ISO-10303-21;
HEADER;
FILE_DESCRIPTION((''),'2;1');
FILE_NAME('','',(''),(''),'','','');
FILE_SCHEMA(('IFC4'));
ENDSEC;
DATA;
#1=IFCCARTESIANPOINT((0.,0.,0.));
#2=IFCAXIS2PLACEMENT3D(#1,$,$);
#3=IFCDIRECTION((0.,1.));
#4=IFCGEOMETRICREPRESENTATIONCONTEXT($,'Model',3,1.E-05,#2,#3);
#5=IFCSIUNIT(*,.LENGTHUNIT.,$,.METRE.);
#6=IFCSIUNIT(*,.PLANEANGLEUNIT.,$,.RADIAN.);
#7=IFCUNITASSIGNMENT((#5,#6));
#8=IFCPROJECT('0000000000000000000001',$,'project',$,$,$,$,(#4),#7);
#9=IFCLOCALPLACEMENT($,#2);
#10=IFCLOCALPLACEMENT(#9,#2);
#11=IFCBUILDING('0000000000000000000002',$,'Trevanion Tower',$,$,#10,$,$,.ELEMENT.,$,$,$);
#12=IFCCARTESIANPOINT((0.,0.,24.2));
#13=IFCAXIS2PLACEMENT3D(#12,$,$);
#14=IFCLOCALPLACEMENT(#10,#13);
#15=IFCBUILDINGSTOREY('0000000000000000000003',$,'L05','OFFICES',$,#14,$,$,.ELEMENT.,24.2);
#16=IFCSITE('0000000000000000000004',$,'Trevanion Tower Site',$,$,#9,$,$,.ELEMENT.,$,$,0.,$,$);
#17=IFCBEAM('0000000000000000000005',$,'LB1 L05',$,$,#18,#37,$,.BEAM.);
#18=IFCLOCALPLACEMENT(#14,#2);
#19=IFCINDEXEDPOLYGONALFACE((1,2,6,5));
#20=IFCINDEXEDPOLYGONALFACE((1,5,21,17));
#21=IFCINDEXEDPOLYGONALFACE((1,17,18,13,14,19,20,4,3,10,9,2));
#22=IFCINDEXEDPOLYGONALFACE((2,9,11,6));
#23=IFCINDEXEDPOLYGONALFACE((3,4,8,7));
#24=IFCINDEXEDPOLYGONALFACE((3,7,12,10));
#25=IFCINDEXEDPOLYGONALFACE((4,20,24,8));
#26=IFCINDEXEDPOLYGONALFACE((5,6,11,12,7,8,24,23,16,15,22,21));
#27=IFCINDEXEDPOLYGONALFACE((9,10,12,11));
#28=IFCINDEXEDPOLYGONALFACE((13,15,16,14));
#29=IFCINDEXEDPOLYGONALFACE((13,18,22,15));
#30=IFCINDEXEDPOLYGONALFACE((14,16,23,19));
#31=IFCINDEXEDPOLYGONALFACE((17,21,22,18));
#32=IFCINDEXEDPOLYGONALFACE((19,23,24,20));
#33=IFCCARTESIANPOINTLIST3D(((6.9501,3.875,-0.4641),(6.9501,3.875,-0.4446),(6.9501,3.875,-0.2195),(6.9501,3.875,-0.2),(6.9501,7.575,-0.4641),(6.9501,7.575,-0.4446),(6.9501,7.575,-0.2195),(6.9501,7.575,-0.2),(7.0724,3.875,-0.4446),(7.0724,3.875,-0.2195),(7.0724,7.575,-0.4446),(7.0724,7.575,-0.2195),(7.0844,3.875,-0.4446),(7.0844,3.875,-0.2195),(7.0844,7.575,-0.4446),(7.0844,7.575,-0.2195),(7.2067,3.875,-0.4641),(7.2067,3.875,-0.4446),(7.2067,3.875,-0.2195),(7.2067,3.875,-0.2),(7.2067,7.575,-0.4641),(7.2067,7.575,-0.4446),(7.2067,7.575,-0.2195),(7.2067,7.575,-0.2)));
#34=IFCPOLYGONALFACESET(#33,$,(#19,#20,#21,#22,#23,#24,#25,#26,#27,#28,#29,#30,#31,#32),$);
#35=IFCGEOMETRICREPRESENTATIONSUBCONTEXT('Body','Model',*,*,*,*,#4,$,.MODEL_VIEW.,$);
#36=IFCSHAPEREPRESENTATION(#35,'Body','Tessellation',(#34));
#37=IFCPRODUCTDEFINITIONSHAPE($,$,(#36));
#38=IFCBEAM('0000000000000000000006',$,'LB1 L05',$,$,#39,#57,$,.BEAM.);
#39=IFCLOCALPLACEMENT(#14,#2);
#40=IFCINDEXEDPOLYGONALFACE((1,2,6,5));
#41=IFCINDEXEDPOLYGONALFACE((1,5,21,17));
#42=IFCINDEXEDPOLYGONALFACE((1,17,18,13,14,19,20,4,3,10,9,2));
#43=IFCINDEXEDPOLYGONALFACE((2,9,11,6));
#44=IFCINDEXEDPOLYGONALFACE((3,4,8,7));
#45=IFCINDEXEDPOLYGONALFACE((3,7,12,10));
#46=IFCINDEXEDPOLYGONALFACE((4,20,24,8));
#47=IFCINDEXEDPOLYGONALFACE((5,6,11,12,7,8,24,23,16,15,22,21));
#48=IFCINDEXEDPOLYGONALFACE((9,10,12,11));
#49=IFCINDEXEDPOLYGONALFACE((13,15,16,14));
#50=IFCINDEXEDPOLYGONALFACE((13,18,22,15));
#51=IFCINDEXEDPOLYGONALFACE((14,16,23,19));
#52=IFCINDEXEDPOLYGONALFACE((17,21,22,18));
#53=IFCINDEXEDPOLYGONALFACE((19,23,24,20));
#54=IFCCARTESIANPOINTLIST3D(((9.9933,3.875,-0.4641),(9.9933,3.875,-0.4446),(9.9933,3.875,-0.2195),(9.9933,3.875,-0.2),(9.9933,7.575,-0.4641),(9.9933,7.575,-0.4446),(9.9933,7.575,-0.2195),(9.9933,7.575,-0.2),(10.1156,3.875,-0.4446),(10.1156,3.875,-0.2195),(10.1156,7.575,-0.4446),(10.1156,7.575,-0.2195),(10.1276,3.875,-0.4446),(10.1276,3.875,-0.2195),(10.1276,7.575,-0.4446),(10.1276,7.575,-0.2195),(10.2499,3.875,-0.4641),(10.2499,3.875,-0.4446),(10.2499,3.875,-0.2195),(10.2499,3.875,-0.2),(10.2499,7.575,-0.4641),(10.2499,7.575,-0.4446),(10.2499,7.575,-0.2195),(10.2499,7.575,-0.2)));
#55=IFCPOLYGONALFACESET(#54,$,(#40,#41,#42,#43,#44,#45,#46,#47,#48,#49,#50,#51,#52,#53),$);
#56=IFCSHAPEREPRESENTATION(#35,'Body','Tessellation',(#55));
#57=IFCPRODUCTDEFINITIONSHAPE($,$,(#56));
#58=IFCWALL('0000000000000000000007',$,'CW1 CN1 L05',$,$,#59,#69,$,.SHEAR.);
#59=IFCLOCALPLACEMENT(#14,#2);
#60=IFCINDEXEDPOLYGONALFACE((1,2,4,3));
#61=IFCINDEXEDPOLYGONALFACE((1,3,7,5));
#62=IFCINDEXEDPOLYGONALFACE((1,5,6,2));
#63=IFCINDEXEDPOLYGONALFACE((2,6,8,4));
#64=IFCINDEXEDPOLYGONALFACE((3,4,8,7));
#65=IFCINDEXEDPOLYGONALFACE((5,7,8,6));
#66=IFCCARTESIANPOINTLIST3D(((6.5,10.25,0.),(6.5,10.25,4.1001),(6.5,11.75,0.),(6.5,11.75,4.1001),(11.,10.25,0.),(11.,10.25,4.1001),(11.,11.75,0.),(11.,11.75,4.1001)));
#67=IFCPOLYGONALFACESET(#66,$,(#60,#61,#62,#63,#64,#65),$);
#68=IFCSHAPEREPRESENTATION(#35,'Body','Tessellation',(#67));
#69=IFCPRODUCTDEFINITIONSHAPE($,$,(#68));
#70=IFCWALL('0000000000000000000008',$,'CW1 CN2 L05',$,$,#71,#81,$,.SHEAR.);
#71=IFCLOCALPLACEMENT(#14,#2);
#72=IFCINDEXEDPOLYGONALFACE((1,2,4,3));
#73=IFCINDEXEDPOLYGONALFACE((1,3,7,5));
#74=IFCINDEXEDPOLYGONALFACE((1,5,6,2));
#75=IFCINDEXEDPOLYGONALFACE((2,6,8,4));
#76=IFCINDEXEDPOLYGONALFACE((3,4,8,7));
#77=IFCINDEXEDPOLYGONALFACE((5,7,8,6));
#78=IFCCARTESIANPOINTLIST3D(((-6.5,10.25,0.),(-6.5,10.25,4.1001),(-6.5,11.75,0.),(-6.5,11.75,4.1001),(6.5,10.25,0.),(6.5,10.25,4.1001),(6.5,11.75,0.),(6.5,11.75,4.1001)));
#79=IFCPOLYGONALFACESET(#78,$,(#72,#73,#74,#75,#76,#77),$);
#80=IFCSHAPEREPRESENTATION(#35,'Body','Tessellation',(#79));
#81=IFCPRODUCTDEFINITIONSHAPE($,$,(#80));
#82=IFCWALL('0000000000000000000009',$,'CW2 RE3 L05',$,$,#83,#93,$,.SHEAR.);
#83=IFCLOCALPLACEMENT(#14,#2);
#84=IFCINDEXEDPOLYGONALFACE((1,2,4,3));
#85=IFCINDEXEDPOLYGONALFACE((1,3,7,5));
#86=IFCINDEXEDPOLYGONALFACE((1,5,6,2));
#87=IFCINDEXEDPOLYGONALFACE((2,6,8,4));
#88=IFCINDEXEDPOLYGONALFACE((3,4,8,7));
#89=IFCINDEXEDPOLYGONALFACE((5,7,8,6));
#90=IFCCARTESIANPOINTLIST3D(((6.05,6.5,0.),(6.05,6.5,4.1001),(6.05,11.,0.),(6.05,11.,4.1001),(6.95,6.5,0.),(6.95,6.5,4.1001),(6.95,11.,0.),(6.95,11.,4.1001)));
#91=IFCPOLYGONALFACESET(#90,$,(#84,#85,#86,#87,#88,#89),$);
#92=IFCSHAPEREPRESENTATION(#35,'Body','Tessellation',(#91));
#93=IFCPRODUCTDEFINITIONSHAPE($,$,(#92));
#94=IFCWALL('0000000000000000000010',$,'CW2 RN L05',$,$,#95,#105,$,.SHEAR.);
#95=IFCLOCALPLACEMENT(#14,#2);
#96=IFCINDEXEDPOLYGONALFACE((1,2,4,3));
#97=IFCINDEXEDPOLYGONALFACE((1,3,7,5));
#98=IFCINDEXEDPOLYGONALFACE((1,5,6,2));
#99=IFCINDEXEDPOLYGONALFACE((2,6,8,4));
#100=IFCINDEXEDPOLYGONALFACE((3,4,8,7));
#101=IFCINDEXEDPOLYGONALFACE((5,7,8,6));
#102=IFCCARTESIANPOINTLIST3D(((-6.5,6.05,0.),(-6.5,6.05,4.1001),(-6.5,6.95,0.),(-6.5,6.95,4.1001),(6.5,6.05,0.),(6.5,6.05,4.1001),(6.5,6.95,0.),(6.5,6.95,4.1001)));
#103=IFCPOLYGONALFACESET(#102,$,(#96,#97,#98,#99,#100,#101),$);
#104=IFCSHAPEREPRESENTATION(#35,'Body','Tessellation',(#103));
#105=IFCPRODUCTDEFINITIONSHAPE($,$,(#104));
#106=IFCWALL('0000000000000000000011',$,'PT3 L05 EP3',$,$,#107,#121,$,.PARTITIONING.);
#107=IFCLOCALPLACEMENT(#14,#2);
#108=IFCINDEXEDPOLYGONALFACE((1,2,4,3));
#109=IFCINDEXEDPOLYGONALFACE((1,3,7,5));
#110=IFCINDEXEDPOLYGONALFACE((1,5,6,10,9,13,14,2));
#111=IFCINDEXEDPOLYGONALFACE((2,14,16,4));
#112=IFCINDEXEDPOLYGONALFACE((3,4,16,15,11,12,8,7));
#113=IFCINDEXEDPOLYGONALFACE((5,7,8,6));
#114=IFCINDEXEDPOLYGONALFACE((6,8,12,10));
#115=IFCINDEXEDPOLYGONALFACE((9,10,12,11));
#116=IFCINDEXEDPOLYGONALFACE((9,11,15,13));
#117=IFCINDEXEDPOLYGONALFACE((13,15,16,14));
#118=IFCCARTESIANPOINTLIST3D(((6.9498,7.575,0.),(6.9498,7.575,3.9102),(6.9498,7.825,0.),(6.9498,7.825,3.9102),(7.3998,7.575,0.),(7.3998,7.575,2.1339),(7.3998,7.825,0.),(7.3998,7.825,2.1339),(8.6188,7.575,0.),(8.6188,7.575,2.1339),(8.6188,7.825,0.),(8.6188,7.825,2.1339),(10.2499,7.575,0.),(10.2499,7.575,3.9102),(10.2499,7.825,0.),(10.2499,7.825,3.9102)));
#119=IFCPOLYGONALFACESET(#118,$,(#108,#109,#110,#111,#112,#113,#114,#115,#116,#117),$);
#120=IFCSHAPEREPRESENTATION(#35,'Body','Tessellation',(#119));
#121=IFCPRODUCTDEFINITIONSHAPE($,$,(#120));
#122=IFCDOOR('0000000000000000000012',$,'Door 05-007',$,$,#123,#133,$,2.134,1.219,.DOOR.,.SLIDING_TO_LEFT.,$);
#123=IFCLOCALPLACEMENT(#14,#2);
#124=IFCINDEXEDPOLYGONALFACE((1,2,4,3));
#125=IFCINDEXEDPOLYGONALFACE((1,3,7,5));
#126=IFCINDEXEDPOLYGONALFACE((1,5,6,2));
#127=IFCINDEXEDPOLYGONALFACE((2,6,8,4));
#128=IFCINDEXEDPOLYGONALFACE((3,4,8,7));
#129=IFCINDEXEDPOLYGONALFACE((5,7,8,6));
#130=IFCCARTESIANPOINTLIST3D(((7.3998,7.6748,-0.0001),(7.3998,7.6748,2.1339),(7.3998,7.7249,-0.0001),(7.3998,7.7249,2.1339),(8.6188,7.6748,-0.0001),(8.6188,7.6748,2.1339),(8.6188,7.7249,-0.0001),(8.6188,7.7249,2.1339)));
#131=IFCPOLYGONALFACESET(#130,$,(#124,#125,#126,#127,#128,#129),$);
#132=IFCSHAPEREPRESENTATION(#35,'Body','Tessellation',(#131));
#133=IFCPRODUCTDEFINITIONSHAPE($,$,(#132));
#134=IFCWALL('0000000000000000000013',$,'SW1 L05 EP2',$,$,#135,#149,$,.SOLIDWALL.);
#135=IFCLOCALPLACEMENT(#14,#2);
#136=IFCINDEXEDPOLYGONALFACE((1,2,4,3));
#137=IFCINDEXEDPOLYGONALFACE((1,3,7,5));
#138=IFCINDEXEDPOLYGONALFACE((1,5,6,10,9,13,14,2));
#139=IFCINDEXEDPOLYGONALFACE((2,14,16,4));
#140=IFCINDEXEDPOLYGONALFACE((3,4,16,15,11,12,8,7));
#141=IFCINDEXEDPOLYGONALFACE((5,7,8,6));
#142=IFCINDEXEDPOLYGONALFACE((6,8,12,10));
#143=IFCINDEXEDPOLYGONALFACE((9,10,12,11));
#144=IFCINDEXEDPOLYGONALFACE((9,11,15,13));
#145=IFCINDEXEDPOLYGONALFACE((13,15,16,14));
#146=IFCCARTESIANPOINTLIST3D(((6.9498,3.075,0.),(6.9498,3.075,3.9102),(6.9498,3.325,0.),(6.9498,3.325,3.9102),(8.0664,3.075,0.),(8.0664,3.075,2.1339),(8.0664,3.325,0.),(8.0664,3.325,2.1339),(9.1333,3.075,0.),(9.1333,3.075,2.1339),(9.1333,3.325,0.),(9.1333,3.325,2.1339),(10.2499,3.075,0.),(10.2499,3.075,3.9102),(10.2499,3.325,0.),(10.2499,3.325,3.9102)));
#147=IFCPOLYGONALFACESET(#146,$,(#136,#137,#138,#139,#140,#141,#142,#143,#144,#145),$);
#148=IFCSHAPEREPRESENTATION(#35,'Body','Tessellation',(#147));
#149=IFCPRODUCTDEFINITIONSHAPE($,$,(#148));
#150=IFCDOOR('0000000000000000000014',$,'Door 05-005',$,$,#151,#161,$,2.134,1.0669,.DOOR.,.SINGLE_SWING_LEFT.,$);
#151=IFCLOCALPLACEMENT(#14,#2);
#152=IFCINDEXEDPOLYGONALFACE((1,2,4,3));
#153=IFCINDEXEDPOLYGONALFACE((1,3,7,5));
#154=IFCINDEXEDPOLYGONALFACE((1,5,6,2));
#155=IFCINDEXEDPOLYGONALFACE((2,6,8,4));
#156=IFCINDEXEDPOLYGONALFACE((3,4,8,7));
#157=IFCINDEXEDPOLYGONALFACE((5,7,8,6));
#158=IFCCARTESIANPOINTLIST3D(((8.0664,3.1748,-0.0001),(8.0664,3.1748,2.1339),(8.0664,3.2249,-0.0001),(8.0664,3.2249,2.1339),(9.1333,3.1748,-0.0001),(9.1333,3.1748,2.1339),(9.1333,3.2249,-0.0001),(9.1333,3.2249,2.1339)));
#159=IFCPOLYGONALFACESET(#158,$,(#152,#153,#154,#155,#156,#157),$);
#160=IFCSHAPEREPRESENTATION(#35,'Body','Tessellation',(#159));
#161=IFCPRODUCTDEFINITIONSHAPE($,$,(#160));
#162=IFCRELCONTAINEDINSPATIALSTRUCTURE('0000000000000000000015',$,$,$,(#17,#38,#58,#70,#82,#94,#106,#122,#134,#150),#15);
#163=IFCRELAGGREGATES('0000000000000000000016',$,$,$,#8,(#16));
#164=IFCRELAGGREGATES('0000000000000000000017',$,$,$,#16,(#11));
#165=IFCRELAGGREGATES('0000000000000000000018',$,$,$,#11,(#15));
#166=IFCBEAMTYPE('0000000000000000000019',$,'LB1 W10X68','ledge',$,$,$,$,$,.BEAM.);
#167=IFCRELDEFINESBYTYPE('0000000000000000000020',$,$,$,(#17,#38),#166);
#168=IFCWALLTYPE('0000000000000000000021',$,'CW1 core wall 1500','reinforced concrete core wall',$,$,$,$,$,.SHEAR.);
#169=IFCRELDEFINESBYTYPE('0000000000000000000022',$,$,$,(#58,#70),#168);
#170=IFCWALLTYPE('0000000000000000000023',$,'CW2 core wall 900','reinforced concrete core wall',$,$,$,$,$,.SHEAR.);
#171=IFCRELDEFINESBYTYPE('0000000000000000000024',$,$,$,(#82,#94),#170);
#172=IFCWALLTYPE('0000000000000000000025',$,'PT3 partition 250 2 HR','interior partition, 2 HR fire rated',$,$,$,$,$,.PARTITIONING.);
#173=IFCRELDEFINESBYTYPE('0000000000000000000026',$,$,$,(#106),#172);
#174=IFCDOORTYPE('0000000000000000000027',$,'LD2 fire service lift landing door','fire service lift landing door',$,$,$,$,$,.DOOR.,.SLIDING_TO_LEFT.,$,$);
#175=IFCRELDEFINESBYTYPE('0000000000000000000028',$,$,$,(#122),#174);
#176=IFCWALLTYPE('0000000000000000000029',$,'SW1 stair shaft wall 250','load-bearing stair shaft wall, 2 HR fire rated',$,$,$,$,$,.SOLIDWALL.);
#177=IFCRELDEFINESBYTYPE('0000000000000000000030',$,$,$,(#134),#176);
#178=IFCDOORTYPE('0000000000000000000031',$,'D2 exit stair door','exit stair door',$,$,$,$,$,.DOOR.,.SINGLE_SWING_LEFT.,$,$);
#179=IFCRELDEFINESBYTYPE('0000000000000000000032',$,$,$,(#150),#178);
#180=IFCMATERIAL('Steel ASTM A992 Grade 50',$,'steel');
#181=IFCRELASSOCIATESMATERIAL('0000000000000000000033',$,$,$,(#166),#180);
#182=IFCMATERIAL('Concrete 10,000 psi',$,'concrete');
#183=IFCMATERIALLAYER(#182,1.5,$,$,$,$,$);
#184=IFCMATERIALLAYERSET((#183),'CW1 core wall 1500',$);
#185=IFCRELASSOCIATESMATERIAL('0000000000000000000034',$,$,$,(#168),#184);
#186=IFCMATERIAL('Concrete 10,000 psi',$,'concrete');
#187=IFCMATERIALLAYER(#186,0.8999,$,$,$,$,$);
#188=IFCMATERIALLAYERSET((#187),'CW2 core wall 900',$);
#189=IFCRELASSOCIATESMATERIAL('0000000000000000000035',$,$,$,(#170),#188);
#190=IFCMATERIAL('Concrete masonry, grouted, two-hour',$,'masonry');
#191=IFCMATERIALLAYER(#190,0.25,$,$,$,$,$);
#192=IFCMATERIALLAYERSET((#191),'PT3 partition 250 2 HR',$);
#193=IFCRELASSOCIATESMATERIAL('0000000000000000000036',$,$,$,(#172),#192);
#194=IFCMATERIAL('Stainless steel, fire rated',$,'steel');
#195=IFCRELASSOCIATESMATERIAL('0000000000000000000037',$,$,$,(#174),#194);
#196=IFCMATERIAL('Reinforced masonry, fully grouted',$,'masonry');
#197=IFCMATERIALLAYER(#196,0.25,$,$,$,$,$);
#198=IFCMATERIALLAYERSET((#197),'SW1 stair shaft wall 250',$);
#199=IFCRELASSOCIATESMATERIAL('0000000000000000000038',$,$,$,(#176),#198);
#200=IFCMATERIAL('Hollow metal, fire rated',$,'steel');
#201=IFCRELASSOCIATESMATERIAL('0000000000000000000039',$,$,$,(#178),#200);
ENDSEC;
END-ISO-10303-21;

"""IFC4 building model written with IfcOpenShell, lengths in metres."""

from ifc_helpers import new_model, si_unit, direction, frame, frame_2d, origin, origin_2d, place, context, subcontext, project, spatial, rectangle, i_section, extrude, material, layer, layer_set, material_profile, profile_set, type_object, element, fill, save


model = new_model("IFC4")

# Units and contexts
model_context = context("Model", 3, precision=1e-05, world=origin(), true_north=direction((0.0, 1.0)))
body_context = subcontext(model_context, "Body", "Model", "MODEL_VIEW")
ifc_project = project(units=[si_unit("LENGTHUNIT", "METRE"), si_unit("PLANEANGLEUNIT", "RADIAN")], contexts=[model_context])

# Site, building, storey
site_placement = place(None, origin())
site = spatial("IfcSite", under=ifc_project, at=site_placement, Name="Trevanion Tower Site", CompositionType="ELEMENT", RefElevation=0.0)
building_placement = place(site_placement, origin())
building = spatial("IfcBuilding", under=site, at=building_placement, Name="Trevanion Tower", CompositionType="ELEMENT")
storey_placement = place(building_placement, frame((0.0, 0.0, 24.2)))
storey = spatial("IfcBuildingStorey", under=building, at=storey_placement, Name="L05", Description="OFFICES", CompositionType="ELEMENT", Elevation=24.2)

# Beams
ifc_material_1 = material(Name="Steel ASTM A992 Grade 50", Category="steel")
ifc_material_profile_1 = material_profile(ifc_material_1, i_section(OverallWidth=0.2566, OverallDepth=0.2642, WebThickness=0.012, FlangeThickness=0.0195, at=origin_2d()), Name="W10X68")
ifc_profile_set_1 = profile_set([ifc_material_profile_1], Name="Steel ASTM A992 Grade 50")
beam_type_1 = type_object("IfcBeamType", Name="LB1 W10X68", Description="ledge", PredefinedType="BEAM", material=ifc_profile_set_1)
for number, where, z_axis, x_axis, name in (
    (1, (7.0784, 3.875, -0.332), (0.0, 1.0, 0.0), (-1.0, 0.0, 0.0), "LB1 L05"),
    (2, (10.1216, 3.875, -0.332), (0.0, 1.0, 0.0), (-1.0, 0.0, 0.0), "LB1 L05"),
):
    element("IfcBeam", number, at=place(storey_placement, frame(where, z_axis=z_axis, x_axis=x_axis)), inside=storey, type_object=beam_type_1, Name=name, PredefinedType="BEAM", context=body_context, shape_type="SweptSolid", body=[
        extrude(i_section(OverallWidth=0.2566, OverallDepth=0.2642, WebThickness=0.012, FlangeThickness=0.0195, at=origin_2d()), origin(), (0.0, 0.0, 1.0), 3.7),
    ])

# Walls
ifc_material_2 = material(Name="Concrete 10,000 psi", Category="concrete")
ifc_layer_1 = layer(ifc_material_2, 1.5)
ifc_layer_set_1 = layer_set([ifc_layer_1], Name="CW1 core wall 1500")
wall_type_1 = type_object("IfcWallType", Name="CW1 core wall 1500", Description="reinforced concrete core wall", PredefinedType="SHEAR", material=ifc_layer_set_1)
wall_1_placement = place(storey_placement, frame((11.0, 11.0, 0.0), z_axis=(0.0, 0.0, 1.0), x_axis=(-1.0, 0.0, 0.0)))
element("IfcWall", 3, at=wall_1_placement, inside=storey, type_object=wall_type_1, Name="CW1 CN1 L05", PredefinedType="SHEAR", context=body_context, shape_type="SweptSolid", body=[
    extrude(rectangle(XDim=4.5, YDim=1.5, at=frame_2d((2.25, 0.0))), origin(), (0.0, 0.0, 1.0), 4.1001),
])
wall_2_placement = place(storey_placement, frame((6.5, 11.0, 0.0), z_axis=(0.0, 0.0, 1.0), x_axis=(-1.0, 0.0, 0.0)))
element("IfcWall", 4, at=wall_2_placement, inside=storey, type_object=wall_type_1, Name="CW1 CN2 L05", PredefinedType="SHEAR", context=body_context, shape_type="SweptSolid", body=[
    extrude(rectangle(XDim=13.0, YDim=1.5, at=frame_2d((6.5, 0.0))), origin(), (0.0, 0.0, 1.0), 4.1001),
])
ifc_material_3 = material(Name="Concrete 10,000 psi", Category="concrete")
ifc_layer_2 = layer(ifc_material_3, 0.8999)
ifc_layer_set_2 = layer_set([ifc_layer_2], Name="CW2 core wall 900")
wall_type_2 = type_object("IfcWallType", Name="CW2 core wall 900", Description="reinforced concrete core wall", PredefinedType="SHEAR", material=ifc_layer_set_2)
wall_3_placement = place(storey_placement, frame((6.5, 6.5, 0.0), z_axis=(0.0, 0.0, 1.0), x_axis=(0.0, 1.0, 0.0)))
element("IfcWall", 5, at=wall_3_placement, inside=storey, type_object=wall_type_2, Name="CW2 RE3 L05", PredefinedType="SHEAR", context=body_context, shape_type="SweptSolid", body=[
    extrude(rectangle(XDim=4.5, YDim=0.8999, at=frame_2d((2.25, 0.0))), origin(), (0.0, 0.0, 1.0), 4.1001),
])
wall_4_placement = place(storey_placement, frame((6.5, 6.5, 0.0), z_axis=(0.0, 0.0, 1.0), x_axis=(-1.0, 0.0, 0.0)))
element("IfcWall", 6, at=wall_4_placement, inside=storey, type_object=wall_type_2, Name="CW2 RN L05", PredefinedType="SHEAR", context=body_context, shape_type="SweptSolid", body=[
    extrude(rectangle(XDim=13.0, YDim=0.8999, at=frame_2d((6.5, 0.0))), origin(), (0.0, 0.0, 1.0), 4.1001),
])

# Walls, openings, doors
ifc_material_4 = material(Name="Concrete masonry, grouted, two-hour", Category="masonry")
ifc_layer_3 = layer(ifc_material_4, 0.25)
ifc_layer_set_3 = layer_set([ifc_layer_3], Name="PT3 partition 250 2 HR")
wall_type_3 = type_object("IfcWallType", Name="PT3 partition 250 2 HR", Description="interior partition, 2 HR fire rated", PredefinedType="PARTITIONING", material=ifc_layer_set_3)
wall_5_placement = place(storey_placement, frame((6.95, 7.7, 0.0), z_axis=(0.0, 0.0, 1.0), x_axis=(1.0, 0.0, 0.0)))
wall_5 = element("IfcWall", 7, at=wall_5_placement, inside=storey, type_object=wall_type_3, Name="PT3 L05 EP3", PredefinedType="PARTITIONING", context=body_context, shape_type="SweptSolid", body=[
    extrude(rectangle(XDim=3.3, YDim=0.25, at=frame_2d((1.6499, 0.0))), origin(), (0.0, 0.0, 1.0), 3.9102),
])
opening_1_placement = place(wall_5_placement, frame((0.45, 0.0, 0.0)))
opening_1 = element("IfcOpeningElement", 8, at=opening_1_placement, cuts=wall_5, PredefinedType="OPENING", context=body_context, shape_type="SweptSolid", body=[
    extrude(rectangle(XDim=1.219, YDim=2.134, at=frame_2d((0.6094, 1.0669))), frame((0.0, 0.135, 0.0), z_axis=(0.0, -1.0, 0.0), x_axis=(1.0, 0.0, 0.0)), (0.0, 0.0, 1.0), 0.27),
])
ifc_material_5 = material(Name="Stainless steel, fire rated", Category="steel")
door_type_1 = type_object("IfcDoorType", Name="LD2 fire service lift landing door", Description="fire service lift landing door", OperationType="SLIDING_TO_LEFT", PredefinedType="DOOR", material=ifc_material_5)
door_1_placement = place(opening_1_placement, origin())
door_1 = element("IfcDoor", 9, at=door_1_placement, inside=storey, type_object=door_type_1, Name="Door 05-007", OperationType="SLIDING_TO_LEFT", OverallHeight=2.134, OverallWidth=1.219, PredefinedType="DOOR", context=body_context, shape_type="SweptSolid", body=[
    extrude(rectangle(XDim=1.219, YDim=2.134, at=frame_2d((0.6094, 1.0669))), frame((0.0, 0.0249, 0.0), z_axis=(0.0, -1.0, 0.0), x_axis=(1.0, 0.0, 0.0)), (0.0, 0.0, 1.0), 0.05),
])
fill(opening_1, door_1)
ifc_material_6 = material(Name="Reinforced masonry, fully grouted", Category="masonry")
ifc_layer_4 = layer(ifc_material_6, 0.25)
ifc_layer_set_4 = layer_set([ifc_layer_4], Name="SW1 stair shaft wall 250")
wall_type_4 = type_object("IfcWallType", Name="SW1 stair shaft wall 250", Description="load-bearing stair shaft wall, 2 HR fire rated", PredefinedType="SOLIDWALL", material=ifc_layer_set_4)
wall_6_placement = place(storey_placement, frame((6.95, 3.2, 0.0), z_axis=(0.0, 0.0, 1.0), x_axis=(1.0, 0.0, 0.0)))
wall_6 = element("IfcWall", 10, at=wall_6_placement, inside=storey, type_object=wall_type_4, Name="SW1 L05 EP2", PredefinedType="SOLIDWALL", context=body_context, shape_type="SweptSolid", body=[
    extrude(rectangle(XDim=3.3, YDim=0.25, at=frame_2d((1.6499, 0.0))), origin(), (0.0, 0.0, 1.0), 3.9102),
])
opening_2_placement = place(wall_6_placement, frame((1.1165, 0.0, 0.0)))
opening_2 = element("IfcOpeningElement", 11, at=opening_2_placement, cuts=wall_6, PredefinedType="OPENING", context=body_context, shape_type="SweptSolid", body=[
    extrude(rectangle(XDim=1.0669, YDim=2.134, at=frame_2d((0.5334, 1.0669))), frame((0.0, 0.135, 0.0), z_axis=(0.0, -1.0, 0.0), x_axis=(1.0, 0.0, 0.0)), (0.0, 0.0, 1.0), 0.27),
])
ifc_material_7 = material(Name="Hollow metal, fire rated", Category="steel")
door_type_2 = type_object("IfcDoorType", Name="D2 exit stair door", Description="exit stair door", OperationType="SINGLE_SWING_LEFT", PredefinedType="DOOR", material=ifc_material_7)
door_2_placement = place(opening_2_placement, origin())
door_2 = element("IfcDoor", 12, at=door_2_placement, inside=storey, type_object=door_type_2, Name="Door 05-005", OperationType="SINGLE_SWING_LEFT", OverallHeight=2.134, OverallWidth=1.0669, PredefinedType="DOOR", context=body_context, shape_type="SweptSolid", body=[
    extrude(rectangle(XDim=1.0669, YDim=2.134, at=frame_2d((0.5334, 1.0669))), frame((0.0, 0.0249, 0.0), z_axis=(0.0, -1.0, 0.0), x_axis=(1.0, 0.0, 0.0)), (0.0, 0.0, 1.0), 0.05),
])
fill(opening_2, door_2)

save(model, "model.ifc")
